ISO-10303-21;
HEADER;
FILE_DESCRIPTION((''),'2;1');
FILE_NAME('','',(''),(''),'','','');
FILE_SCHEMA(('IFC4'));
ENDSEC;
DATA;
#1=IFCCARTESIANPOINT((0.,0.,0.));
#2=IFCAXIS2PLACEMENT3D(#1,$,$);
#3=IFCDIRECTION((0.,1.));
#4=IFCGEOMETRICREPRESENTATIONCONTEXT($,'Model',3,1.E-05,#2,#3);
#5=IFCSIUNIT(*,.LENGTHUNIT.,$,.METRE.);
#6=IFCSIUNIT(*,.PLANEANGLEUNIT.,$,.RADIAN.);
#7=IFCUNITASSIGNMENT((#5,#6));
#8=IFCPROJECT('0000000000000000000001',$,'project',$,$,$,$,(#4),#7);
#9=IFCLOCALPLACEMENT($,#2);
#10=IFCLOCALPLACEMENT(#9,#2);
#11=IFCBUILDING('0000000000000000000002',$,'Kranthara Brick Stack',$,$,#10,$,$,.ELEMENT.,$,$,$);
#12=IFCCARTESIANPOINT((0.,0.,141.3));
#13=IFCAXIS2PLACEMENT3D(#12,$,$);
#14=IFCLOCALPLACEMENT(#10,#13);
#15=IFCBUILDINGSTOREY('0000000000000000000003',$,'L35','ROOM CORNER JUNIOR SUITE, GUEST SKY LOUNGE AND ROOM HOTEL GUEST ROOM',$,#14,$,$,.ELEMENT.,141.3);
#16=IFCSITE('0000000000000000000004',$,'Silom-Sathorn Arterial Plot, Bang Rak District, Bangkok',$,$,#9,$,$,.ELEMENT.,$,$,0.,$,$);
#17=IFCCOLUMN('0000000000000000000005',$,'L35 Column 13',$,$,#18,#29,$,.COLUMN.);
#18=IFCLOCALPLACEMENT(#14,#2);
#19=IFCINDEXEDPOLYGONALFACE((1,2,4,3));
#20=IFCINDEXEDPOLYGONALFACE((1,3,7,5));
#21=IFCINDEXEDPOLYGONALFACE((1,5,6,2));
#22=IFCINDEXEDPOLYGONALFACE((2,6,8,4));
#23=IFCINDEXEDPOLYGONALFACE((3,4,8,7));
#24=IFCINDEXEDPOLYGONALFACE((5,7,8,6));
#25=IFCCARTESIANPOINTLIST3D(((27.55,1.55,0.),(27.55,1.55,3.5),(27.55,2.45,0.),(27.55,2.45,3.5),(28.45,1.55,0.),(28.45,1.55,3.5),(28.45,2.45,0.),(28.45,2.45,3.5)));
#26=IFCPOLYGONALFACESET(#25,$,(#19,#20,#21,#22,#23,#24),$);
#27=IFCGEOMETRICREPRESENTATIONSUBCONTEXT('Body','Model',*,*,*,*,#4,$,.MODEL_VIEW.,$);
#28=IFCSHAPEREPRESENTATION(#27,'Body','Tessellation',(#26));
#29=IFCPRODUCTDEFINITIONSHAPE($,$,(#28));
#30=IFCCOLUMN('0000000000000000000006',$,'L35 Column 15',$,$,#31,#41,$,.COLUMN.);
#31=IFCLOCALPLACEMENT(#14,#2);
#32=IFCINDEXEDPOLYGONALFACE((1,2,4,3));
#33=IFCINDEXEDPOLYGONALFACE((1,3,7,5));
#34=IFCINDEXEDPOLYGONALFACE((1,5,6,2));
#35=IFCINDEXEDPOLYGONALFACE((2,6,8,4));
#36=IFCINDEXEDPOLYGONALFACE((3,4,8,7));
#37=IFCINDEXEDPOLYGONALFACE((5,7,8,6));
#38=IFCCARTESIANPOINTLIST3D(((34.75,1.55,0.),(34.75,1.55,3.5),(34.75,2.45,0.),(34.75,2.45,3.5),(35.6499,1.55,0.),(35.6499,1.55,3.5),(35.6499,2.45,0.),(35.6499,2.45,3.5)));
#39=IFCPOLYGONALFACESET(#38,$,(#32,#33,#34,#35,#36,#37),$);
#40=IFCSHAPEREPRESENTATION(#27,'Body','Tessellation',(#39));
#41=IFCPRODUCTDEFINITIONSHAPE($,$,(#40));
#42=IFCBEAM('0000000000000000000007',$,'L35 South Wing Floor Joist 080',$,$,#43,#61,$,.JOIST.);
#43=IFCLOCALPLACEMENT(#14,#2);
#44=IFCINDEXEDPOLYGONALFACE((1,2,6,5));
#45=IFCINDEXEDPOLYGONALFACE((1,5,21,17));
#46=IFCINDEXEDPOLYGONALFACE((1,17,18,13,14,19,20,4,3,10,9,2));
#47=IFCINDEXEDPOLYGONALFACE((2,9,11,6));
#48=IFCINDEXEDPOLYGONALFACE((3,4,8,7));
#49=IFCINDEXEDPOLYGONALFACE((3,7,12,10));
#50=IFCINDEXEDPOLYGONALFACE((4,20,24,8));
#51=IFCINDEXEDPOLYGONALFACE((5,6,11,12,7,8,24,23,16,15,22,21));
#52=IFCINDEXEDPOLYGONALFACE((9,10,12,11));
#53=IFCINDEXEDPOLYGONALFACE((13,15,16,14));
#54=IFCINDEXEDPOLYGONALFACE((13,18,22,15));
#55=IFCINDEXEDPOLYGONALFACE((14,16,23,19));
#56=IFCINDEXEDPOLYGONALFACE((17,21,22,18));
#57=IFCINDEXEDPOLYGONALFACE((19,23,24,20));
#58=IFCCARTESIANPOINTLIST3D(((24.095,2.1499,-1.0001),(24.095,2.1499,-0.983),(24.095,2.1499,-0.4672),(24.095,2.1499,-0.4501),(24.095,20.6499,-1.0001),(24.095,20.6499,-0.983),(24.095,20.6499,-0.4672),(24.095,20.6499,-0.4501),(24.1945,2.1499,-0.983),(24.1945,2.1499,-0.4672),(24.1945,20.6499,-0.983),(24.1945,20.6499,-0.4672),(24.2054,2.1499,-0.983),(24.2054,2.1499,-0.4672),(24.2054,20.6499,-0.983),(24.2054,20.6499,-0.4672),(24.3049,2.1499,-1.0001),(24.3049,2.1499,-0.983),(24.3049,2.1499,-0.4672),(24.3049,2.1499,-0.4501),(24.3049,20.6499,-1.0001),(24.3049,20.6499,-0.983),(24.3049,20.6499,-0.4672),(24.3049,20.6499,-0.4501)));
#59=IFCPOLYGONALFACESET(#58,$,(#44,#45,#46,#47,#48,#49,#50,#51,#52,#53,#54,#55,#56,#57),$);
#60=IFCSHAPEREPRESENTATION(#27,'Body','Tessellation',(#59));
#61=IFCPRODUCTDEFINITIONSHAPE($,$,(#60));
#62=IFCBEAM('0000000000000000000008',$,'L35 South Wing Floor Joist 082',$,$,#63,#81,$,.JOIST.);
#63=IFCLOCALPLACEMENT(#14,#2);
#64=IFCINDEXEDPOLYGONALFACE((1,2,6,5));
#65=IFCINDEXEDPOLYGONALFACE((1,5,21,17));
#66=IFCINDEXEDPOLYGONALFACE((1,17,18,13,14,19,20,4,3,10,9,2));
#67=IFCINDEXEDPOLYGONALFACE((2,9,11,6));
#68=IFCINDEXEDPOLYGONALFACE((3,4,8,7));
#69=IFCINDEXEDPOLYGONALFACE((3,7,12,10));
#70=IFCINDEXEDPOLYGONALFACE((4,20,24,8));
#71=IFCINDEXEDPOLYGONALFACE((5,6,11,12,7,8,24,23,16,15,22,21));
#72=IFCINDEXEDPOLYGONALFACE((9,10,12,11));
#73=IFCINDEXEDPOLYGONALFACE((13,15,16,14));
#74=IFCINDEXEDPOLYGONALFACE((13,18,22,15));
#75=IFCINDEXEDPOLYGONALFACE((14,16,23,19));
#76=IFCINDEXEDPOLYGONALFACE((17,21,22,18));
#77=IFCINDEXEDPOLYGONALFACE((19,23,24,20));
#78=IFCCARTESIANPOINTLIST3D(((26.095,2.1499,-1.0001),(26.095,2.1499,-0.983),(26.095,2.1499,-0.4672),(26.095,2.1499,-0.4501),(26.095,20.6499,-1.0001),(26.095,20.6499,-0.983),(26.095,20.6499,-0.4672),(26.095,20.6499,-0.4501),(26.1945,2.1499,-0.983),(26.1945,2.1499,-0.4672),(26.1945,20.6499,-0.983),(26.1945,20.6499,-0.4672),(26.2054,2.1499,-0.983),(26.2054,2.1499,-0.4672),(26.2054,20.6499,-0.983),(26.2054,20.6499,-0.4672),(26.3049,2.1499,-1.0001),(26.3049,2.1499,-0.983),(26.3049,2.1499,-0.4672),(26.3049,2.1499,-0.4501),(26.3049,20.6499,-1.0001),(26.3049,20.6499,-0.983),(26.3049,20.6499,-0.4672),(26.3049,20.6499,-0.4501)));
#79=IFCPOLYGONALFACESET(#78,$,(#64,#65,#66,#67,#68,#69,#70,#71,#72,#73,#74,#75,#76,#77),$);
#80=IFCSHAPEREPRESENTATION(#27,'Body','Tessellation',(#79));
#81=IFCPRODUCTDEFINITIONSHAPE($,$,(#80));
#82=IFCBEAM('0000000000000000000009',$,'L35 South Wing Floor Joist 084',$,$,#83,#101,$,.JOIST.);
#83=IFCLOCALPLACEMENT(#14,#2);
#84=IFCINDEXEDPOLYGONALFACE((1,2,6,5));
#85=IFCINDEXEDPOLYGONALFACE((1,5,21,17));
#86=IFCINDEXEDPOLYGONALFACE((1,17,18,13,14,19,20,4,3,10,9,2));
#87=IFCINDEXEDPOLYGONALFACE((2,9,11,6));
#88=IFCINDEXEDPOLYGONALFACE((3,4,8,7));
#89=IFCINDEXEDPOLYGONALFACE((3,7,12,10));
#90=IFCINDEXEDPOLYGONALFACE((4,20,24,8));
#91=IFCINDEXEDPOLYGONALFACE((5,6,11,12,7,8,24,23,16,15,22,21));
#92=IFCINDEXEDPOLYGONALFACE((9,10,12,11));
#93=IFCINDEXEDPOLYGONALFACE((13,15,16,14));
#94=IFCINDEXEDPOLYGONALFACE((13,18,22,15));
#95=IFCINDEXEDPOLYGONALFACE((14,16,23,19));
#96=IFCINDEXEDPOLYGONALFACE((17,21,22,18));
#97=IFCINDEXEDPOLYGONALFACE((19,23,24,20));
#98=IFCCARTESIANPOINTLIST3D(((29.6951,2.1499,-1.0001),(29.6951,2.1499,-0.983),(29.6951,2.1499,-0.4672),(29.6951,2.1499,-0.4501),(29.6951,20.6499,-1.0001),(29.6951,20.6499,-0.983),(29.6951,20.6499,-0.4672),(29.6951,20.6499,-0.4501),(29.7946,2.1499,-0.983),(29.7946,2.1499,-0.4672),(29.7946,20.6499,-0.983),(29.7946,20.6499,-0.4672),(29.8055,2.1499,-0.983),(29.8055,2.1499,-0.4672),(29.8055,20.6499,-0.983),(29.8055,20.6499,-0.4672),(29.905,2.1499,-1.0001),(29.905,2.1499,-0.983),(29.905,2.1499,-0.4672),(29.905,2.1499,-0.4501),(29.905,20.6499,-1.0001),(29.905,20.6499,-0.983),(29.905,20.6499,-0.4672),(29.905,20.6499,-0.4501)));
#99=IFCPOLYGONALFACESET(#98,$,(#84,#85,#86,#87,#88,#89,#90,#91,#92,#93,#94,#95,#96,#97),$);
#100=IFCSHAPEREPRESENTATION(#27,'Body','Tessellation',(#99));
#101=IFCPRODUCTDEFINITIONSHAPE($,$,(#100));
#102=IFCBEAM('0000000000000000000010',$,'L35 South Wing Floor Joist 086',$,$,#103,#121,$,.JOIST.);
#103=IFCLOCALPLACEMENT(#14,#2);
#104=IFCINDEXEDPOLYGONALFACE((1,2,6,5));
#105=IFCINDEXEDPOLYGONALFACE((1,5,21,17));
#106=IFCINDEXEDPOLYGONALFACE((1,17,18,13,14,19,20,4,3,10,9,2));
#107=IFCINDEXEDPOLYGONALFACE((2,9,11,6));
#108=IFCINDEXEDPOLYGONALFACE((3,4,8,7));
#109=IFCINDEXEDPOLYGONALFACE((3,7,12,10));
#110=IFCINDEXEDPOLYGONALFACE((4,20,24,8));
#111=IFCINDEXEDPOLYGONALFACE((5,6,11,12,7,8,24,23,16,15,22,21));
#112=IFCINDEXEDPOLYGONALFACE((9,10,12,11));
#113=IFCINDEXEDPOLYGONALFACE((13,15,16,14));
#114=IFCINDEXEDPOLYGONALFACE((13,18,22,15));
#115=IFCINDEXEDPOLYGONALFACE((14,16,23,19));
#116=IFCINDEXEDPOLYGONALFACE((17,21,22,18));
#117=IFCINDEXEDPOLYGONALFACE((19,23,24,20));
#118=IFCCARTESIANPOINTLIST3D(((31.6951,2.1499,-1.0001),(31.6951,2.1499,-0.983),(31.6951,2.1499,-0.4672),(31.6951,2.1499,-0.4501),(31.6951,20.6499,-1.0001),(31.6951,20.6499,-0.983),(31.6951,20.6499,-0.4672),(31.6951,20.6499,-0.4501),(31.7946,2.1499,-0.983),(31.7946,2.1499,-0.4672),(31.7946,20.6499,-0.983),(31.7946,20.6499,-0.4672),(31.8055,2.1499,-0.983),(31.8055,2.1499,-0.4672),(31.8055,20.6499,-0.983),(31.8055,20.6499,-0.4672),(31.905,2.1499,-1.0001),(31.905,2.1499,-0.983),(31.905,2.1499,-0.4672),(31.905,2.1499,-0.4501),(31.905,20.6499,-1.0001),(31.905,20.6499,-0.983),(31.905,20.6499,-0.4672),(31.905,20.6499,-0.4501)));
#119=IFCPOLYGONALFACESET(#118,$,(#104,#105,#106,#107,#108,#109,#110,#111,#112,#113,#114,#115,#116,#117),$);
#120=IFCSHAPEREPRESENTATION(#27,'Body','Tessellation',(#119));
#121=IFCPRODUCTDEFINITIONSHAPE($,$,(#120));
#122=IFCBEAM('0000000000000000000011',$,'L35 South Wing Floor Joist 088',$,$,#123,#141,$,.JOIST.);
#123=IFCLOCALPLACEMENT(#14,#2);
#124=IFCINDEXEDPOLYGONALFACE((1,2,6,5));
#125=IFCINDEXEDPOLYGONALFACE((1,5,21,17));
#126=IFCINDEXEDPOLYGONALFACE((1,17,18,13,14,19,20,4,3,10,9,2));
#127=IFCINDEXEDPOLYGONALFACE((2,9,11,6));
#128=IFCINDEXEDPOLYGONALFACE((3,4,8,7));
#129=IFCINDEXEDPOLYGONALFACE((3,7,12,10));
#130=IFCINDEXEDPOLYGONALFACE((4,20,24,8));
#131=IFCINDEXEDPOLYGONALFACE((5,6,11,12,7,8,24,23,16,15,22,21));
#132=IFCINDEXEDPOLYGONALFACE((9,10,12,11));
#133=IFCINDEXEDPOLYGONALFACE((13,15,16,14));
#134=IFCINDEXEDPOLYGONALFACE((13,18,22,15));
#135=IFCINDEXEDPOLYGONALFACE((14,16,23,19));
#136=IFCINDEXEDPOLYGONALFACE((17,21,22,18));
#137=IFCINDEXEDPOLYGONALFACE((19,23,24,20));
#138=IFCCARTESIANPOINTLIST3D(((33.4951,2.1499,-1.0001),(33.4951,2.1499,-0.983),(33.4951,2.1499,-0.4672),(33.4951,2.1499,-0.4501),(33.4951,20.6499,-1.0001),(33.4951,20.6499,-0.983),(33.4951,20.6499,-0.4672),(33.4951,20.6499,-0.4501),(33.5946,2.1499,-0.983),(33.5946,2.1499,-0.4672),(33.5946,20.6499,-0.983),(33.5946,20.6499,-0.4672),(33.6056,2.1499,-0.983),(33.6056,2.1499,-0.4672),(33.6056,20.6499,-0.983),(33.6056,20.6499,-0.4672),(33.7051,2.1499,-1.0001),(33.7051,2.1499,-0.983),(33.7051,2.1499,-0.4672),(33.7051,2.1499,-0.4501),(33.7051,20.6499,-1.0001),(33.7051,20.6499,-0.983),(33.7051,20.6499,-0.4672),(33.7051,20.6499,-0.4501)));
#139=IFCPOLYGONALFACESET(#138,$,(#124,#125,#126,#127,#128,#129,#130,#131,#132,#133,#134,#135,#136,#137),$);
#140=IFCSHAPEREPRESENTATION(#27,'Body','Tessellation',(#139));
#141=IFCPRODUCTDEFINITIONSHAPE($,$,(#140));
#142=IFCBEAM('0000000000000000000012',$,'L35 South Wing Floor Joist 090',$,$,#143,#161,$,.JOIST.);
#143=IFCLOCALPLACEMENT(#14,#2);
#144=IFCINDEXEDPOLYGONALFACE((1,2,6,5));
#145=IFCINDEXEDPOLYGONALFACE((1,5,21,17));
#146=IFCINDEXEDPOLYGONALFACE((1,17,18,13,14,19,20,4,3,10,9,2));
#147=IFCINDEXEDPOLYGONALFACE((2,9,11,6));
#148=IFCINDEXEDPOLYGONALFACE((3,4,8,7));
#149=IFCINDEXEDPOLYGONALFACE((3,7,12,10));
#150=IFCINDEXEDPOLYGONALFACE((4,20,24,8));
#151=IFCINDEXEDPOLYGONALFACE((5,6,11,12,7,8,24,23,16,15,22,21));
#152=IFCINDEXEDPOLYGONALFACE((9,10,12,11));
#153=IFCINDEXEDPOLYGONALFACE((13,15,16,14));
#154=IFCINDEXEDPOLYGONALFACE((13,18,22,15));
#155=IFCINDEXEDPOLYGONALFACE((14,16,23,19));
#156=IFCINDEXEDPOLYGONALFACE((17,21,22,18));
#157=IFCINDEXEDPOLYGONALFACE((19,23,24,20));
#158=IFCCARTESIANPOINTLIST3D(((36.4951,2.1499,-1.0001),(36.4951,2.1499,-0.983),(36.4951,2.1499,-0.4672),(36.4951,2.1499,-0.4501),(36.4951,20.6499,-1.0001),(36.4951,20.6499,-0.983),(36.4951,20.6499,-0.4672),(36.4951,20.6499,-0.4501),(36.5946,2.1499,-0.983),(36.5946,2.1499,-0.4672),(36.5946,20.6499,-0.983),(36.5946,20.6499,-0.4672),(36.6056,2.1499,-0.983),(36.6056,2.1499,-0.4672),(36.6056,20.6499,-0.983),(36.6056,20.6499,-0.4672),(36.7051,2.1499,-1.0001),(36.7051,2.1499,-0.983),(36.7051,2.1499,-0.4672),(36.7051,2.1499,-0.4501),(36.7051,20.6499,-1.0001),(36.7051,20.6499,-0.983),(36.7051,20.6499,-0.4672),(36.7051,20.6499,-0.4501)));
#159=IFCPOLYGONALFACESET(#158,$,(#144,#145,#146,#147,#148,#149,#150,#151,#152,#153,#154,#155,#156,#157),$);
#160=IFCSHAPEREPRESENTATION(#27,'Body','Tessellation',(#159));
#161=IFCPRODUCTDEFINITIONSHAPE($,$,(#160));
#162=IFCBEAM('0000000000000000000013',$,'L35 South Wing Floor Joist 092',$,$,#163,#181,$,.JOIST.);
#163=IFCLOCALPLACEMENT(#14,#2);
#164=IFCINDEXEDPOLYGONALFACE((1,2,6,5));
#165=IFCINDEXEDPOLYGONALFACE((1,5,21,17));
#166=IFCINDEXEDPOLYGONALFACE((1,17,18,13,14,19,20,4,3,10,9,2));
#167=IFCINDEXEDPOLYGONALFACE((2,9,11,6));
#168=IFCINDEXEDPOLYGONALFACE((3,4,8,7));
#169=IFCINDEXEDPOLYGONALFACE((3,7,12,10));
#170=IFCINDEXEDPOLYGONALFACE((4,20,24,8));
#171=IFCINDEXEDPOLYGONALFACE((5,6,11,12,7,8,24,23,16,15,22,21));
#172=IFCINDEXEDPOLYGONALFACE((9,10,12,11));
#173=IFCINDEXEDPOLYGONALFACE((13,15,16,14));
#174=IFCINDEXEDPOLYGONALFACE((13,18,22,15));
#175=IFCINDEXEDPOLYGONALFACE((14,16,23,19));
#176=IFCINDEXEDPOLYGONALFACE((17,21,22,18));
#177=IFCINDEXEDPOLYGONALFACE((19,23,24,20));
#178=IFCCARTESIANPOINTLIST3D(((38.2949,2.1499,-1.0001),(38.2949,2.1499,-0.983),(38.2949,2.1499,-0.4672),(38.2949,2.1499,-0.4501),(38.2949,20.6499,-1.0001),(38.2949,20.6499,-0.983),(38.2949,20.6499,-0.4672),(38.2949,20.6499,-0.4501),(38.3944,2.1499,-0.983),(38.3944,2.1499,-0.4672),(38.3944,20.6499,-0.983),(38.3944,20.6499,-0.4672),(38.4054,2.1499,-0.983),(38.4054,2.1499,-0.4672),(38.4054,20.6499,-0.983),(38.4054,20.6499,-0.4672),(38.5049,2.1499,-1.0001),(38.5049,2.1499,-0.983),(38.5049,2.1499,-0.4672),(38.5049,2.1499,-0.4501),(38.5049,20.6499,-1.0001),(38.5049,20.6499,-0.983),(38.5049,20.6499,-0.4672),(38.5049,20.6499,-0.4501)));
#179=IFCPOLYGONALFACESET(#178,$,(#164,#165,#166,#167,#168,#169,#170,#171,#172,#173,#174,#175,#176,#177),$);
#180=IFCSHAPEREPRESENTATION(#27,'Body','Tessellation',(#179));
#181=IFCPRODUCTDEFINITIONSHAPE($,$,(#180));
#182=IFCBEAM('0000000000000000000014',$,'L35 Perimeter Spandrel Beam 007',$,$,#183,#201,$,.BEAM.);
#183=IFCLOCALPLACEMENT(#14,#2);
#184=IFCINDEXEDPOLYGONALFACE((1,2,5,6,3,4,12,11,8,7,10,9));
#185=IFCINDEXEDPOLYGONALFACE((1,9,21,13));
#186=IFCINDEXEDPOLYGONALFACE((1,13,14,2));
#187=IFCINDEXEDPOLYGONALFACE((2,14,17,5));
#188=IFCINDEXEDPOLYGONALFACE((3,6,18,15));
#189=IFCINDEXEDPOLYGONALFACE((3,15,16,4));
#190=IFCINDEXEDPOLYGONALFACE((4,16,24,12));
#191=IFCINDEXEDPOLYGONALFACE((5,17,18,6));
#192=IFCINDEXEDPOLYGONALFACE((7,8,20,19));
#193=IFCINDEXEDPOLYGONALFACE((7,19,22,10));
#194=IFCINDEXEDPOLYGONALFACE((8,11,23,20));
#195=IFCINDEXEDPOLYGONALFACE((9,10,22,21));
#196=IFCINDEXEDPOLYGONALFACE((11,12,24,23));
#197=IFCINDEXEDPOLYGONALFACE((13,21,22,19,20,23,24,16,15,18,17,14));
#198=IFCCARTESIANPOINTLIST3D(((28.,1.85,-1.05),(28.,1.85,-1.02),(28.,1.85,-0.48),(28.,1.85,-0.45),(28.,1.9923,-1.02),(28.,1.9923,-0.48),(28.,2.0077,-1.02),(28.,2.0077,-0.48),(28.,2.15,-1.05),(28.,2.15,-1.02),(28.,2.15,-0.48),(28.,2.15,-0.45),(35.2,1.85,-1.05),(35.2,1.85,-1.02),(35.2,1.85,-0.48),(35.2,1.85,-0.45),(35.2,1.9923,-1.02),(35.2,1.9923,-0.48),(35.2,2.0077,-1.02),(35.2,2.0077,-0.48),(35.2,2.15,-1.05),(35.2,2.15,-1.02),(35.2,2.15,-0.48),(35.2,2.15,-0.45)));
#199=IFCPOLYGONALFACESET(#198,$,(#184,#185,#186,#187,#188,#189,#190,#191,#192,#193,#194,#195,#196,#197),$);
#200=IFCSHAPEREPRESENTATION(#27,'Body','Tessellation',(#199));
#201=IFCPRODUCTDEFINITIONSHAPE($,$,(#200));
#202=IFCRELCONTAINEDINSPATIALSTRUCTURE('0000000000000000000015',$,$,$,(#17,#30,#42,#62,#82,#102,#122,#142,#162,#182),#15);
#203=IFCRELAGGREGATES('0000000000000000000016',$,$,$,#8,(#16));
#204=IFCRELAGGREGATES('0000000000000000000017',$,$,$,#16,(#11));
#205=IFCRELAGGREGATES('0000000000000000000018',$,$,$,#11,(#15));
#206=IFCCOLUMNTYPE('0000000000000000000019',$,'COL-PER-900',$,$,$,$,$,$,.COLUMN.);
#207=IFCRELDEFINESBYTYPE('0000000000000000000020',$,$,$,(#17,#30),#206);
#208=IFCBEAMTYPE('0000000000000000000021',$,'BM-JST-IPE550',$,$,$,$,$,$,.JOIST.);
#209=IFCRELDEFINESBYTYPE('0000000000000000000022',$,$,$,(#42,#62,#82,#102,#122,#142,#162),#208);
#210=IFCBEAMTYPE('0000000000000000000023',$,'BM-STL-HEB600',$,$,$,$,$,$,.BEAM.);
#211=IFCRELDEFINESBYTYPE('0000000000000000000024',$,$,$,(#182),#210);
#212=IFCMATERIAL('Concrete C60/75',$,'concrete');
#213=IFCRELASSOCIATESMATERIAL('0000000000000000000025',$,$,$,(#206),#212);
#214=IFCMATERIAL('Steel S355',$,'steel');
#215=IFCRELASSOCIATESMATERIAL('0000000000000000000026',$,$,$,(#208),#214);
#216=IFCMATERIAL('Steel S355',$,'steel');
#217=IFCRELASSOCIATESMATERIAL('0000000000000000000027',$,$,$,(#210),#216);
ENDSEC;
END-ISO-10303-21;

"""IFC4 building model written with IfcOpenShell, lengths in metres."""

from ifc_helpers import new_model, si_unit, direction, frame, origin, origin_2d, place, context, subcontext, project, spatial, rectangle, i_section, extrude, material, material_profile, profile_set, type_object, element, save


model = new_model("IFC4")

# Units and contexts
model_context = context("Model", 3, precision=1e-05, world=origin(), true_north=direction((0.0, 1.0)))
body_context = subcontext(model_context, "Body", "Model", "MODEL_VIEW")
ifc_project = project(units=[si_unit("LENGTHUNIT", "METRE"), si_unit("PLANEANGLEUNIT", "RADIAN")], contexts=[model_context])

# Site, building, storey
site_placement = place(None, origin())
site = spatial("IfcSite", under=ifc_project, at=site_placement, Name="Silom-Sathorn Arterial Plot, Bang Rak District, Bangkok", CompositionType="ELEMENT", RefElevation=0.0)
building_placement = place(site_placement, origin())
building = spatial("IfcBuilding", under=site, at=building_placement, Name="Kranthara Brick Stack", CompositionType="ELEMENT")
storey_placement = place(building_placement, frame((0.0, 0.0, 141.3)))
storey = spatial("IfcBuildingStorey", under=building, at=storey_placement, Name="L35", Description="ROOM CORNER JUNIOR SUITE, GUEST SKY LOUNGE AND ROOM HOTEL GUEST ROOM", CompositionType="ELEMENT", Elevation=141.3)

# Columns
ifc_material_1 = material(Name="Concrete C60/75", Category="concrete")
ifc_material_profile_1 = material_profile(ifc_material_1, rectangle(XDim=0.8999, YDim=0.8999, at=origin_2d()), Name="RC 900x900")
ifc_profile_set_1 = profile_set([ifc_material_profile_1], Name="Concrete C60/75")
column_type = type_object("IfcColumnType", Name="COL-PER-900", PredefinedType="COLUMN", material=ifc_profile_set_1)
for number, where, z_axis, x_axis, name in (
    (1, (28.0, 2.0, 0.0), (0.0, 0.0, 1.0), (1.0, 0.0, 0.0), "L35 Column 13"),
    (2, (35.2, 2.0, 0.0), (0.0, 0.0, 1.0), (1.0, 0.0, 0.0), "L35 Column 15"),
):
    element("IfcColumn", number, at=place(storey_placement, frame(where, z_axis=z_axis, x_axis=x_axis)), inside=storey, type_object=column_type, Name=name, PredefinedType="COLUMN", context=body_context, shape_type="SweptSolid", body=[
        extrude(rectangle(XDim=0.8999, YDim=0.8999, at=origin_2d()), origin(), (0.0, 0.0, 1.0), 3.5),
    ])

# Beams
ifc_material_2 = material(Name="Steel S355", Category="steel")
ifc_material_profile_2 = material_profile(ifc_material_2, i_section(OverallWidth=0.21, OverallDepth=0.55, WebThickness=0.011, FlangeThickness=0.0171, at=origin_2d()), Name="IPE 550")
ifc_profile_set_2 = profile_set([ifc_material_profile_2], Name="Steel S355")
beam_type_1 = type_object("IfcBeamType", Name="BM-JST-IPE550", PredefinedType="JOIST", material=ifc_profile_set_2)
for number, where, z_axis, x_axis, name in (
    (3, (24.2, 2.1499, -0.7251), (0.0, 1.0, 0.0), (-1.0, 0.0, 0.0), "L35 South Wing Floor Joist 080"),
    (4, (26.2, 2.1499, -0.7251), (0.0, 1.0, 0.0), (-1.0, 0.0, 0.0), "L35 South Wing Floor Joist 082"),
    (5, (29.8, 2.1499, -0.7251), (0.0, 1.0, 0.0), (-1.0, 0.0, 0.0), "L35 South Wing Floor Joist 084"),
    (6, (31.8, 2.1499, -0.7251), (0.0, 1.0, 0.0), (-1.0, 0.0, 0.0), "L35 South Wing Floor Joist 086"),
    (7, (33.6001, 2.1499, -0.7251), (0.0, 1.0, 0.0), (-1.0, 0.0, 0.0), "L35 South Wing Floor Joist 088"),
    (8, (36.6001, 2.1499, -0.7251), (0.0, 1.0, 0.0), (-1.0, 0.0, 0.0), "L35 South Wing Floor Joist 090"),
    (9, (38.3999, 2.1499, -0.7251), (0.0, 1.0, 0.0), (-1.0, 0.0, 0.0), "L35 South Wing Floor Joist 092"),
):
    element("IfcBeam", number, at=place(storey_placement, frame(where, z_axis=z_axis, x_axis=x_axis)), inside=storey, type_object=beam_type_1, Name=name, PredefinedType="JOIST", context=body_context, shape_type="SweptSolid", body=[
        extrude(i_section(OverallWidth=0.21, OverallDepth=0.55, WebThickness=0.011, FlangeThickness=0.0171, at=origin_2d()), origin(), (0.0, 0.0, 1.0), 18.5),
    ])
ifc_material_3 = material(Name="Steel S355", Category="steel")
ifc_material_profile_3 = material_profile(ifc_material_3, i_section(OverallWidth=0.3, OverallDepth=0.6001, WebThickness=0.0154, FlangeThickness=0.03, at=origin_2d()), Name="HEB 600")
ifc_profile_set_3 = profile_set([ifc_material_profile_3], Name="Steel S355")
beam_type_2 = type_object("IfcBeamType", Name="BM-STL-HEB600", PredefinedType="BEAM", material=ifc_profile_set_3)
beam_1_placement = place(storey_placement, frame((28.0, 2.0, -0.75), z_axis=(1.0, 0.0, 0.0), x_axis=(0.0, 1.0, 0.0)))
element("IfcBeam", 10, at=beam_1_placement, inside=storey, type_object=beam_type_2, Name="L35 Perimeter Spandrel Beam 007", PredefinedType="BEAM", context=body_context, shape_type="SweptSolid", body=[
    extrude(i_section(OverallWidth=0.3, OverallDepth=0.6001, WebThickness=0.0154, FlangeThickness=0.03, at=origin_2d()), origin(), (0.0, 0.0, 1.0), 7.2),
])

save(model, "model.ifc")
